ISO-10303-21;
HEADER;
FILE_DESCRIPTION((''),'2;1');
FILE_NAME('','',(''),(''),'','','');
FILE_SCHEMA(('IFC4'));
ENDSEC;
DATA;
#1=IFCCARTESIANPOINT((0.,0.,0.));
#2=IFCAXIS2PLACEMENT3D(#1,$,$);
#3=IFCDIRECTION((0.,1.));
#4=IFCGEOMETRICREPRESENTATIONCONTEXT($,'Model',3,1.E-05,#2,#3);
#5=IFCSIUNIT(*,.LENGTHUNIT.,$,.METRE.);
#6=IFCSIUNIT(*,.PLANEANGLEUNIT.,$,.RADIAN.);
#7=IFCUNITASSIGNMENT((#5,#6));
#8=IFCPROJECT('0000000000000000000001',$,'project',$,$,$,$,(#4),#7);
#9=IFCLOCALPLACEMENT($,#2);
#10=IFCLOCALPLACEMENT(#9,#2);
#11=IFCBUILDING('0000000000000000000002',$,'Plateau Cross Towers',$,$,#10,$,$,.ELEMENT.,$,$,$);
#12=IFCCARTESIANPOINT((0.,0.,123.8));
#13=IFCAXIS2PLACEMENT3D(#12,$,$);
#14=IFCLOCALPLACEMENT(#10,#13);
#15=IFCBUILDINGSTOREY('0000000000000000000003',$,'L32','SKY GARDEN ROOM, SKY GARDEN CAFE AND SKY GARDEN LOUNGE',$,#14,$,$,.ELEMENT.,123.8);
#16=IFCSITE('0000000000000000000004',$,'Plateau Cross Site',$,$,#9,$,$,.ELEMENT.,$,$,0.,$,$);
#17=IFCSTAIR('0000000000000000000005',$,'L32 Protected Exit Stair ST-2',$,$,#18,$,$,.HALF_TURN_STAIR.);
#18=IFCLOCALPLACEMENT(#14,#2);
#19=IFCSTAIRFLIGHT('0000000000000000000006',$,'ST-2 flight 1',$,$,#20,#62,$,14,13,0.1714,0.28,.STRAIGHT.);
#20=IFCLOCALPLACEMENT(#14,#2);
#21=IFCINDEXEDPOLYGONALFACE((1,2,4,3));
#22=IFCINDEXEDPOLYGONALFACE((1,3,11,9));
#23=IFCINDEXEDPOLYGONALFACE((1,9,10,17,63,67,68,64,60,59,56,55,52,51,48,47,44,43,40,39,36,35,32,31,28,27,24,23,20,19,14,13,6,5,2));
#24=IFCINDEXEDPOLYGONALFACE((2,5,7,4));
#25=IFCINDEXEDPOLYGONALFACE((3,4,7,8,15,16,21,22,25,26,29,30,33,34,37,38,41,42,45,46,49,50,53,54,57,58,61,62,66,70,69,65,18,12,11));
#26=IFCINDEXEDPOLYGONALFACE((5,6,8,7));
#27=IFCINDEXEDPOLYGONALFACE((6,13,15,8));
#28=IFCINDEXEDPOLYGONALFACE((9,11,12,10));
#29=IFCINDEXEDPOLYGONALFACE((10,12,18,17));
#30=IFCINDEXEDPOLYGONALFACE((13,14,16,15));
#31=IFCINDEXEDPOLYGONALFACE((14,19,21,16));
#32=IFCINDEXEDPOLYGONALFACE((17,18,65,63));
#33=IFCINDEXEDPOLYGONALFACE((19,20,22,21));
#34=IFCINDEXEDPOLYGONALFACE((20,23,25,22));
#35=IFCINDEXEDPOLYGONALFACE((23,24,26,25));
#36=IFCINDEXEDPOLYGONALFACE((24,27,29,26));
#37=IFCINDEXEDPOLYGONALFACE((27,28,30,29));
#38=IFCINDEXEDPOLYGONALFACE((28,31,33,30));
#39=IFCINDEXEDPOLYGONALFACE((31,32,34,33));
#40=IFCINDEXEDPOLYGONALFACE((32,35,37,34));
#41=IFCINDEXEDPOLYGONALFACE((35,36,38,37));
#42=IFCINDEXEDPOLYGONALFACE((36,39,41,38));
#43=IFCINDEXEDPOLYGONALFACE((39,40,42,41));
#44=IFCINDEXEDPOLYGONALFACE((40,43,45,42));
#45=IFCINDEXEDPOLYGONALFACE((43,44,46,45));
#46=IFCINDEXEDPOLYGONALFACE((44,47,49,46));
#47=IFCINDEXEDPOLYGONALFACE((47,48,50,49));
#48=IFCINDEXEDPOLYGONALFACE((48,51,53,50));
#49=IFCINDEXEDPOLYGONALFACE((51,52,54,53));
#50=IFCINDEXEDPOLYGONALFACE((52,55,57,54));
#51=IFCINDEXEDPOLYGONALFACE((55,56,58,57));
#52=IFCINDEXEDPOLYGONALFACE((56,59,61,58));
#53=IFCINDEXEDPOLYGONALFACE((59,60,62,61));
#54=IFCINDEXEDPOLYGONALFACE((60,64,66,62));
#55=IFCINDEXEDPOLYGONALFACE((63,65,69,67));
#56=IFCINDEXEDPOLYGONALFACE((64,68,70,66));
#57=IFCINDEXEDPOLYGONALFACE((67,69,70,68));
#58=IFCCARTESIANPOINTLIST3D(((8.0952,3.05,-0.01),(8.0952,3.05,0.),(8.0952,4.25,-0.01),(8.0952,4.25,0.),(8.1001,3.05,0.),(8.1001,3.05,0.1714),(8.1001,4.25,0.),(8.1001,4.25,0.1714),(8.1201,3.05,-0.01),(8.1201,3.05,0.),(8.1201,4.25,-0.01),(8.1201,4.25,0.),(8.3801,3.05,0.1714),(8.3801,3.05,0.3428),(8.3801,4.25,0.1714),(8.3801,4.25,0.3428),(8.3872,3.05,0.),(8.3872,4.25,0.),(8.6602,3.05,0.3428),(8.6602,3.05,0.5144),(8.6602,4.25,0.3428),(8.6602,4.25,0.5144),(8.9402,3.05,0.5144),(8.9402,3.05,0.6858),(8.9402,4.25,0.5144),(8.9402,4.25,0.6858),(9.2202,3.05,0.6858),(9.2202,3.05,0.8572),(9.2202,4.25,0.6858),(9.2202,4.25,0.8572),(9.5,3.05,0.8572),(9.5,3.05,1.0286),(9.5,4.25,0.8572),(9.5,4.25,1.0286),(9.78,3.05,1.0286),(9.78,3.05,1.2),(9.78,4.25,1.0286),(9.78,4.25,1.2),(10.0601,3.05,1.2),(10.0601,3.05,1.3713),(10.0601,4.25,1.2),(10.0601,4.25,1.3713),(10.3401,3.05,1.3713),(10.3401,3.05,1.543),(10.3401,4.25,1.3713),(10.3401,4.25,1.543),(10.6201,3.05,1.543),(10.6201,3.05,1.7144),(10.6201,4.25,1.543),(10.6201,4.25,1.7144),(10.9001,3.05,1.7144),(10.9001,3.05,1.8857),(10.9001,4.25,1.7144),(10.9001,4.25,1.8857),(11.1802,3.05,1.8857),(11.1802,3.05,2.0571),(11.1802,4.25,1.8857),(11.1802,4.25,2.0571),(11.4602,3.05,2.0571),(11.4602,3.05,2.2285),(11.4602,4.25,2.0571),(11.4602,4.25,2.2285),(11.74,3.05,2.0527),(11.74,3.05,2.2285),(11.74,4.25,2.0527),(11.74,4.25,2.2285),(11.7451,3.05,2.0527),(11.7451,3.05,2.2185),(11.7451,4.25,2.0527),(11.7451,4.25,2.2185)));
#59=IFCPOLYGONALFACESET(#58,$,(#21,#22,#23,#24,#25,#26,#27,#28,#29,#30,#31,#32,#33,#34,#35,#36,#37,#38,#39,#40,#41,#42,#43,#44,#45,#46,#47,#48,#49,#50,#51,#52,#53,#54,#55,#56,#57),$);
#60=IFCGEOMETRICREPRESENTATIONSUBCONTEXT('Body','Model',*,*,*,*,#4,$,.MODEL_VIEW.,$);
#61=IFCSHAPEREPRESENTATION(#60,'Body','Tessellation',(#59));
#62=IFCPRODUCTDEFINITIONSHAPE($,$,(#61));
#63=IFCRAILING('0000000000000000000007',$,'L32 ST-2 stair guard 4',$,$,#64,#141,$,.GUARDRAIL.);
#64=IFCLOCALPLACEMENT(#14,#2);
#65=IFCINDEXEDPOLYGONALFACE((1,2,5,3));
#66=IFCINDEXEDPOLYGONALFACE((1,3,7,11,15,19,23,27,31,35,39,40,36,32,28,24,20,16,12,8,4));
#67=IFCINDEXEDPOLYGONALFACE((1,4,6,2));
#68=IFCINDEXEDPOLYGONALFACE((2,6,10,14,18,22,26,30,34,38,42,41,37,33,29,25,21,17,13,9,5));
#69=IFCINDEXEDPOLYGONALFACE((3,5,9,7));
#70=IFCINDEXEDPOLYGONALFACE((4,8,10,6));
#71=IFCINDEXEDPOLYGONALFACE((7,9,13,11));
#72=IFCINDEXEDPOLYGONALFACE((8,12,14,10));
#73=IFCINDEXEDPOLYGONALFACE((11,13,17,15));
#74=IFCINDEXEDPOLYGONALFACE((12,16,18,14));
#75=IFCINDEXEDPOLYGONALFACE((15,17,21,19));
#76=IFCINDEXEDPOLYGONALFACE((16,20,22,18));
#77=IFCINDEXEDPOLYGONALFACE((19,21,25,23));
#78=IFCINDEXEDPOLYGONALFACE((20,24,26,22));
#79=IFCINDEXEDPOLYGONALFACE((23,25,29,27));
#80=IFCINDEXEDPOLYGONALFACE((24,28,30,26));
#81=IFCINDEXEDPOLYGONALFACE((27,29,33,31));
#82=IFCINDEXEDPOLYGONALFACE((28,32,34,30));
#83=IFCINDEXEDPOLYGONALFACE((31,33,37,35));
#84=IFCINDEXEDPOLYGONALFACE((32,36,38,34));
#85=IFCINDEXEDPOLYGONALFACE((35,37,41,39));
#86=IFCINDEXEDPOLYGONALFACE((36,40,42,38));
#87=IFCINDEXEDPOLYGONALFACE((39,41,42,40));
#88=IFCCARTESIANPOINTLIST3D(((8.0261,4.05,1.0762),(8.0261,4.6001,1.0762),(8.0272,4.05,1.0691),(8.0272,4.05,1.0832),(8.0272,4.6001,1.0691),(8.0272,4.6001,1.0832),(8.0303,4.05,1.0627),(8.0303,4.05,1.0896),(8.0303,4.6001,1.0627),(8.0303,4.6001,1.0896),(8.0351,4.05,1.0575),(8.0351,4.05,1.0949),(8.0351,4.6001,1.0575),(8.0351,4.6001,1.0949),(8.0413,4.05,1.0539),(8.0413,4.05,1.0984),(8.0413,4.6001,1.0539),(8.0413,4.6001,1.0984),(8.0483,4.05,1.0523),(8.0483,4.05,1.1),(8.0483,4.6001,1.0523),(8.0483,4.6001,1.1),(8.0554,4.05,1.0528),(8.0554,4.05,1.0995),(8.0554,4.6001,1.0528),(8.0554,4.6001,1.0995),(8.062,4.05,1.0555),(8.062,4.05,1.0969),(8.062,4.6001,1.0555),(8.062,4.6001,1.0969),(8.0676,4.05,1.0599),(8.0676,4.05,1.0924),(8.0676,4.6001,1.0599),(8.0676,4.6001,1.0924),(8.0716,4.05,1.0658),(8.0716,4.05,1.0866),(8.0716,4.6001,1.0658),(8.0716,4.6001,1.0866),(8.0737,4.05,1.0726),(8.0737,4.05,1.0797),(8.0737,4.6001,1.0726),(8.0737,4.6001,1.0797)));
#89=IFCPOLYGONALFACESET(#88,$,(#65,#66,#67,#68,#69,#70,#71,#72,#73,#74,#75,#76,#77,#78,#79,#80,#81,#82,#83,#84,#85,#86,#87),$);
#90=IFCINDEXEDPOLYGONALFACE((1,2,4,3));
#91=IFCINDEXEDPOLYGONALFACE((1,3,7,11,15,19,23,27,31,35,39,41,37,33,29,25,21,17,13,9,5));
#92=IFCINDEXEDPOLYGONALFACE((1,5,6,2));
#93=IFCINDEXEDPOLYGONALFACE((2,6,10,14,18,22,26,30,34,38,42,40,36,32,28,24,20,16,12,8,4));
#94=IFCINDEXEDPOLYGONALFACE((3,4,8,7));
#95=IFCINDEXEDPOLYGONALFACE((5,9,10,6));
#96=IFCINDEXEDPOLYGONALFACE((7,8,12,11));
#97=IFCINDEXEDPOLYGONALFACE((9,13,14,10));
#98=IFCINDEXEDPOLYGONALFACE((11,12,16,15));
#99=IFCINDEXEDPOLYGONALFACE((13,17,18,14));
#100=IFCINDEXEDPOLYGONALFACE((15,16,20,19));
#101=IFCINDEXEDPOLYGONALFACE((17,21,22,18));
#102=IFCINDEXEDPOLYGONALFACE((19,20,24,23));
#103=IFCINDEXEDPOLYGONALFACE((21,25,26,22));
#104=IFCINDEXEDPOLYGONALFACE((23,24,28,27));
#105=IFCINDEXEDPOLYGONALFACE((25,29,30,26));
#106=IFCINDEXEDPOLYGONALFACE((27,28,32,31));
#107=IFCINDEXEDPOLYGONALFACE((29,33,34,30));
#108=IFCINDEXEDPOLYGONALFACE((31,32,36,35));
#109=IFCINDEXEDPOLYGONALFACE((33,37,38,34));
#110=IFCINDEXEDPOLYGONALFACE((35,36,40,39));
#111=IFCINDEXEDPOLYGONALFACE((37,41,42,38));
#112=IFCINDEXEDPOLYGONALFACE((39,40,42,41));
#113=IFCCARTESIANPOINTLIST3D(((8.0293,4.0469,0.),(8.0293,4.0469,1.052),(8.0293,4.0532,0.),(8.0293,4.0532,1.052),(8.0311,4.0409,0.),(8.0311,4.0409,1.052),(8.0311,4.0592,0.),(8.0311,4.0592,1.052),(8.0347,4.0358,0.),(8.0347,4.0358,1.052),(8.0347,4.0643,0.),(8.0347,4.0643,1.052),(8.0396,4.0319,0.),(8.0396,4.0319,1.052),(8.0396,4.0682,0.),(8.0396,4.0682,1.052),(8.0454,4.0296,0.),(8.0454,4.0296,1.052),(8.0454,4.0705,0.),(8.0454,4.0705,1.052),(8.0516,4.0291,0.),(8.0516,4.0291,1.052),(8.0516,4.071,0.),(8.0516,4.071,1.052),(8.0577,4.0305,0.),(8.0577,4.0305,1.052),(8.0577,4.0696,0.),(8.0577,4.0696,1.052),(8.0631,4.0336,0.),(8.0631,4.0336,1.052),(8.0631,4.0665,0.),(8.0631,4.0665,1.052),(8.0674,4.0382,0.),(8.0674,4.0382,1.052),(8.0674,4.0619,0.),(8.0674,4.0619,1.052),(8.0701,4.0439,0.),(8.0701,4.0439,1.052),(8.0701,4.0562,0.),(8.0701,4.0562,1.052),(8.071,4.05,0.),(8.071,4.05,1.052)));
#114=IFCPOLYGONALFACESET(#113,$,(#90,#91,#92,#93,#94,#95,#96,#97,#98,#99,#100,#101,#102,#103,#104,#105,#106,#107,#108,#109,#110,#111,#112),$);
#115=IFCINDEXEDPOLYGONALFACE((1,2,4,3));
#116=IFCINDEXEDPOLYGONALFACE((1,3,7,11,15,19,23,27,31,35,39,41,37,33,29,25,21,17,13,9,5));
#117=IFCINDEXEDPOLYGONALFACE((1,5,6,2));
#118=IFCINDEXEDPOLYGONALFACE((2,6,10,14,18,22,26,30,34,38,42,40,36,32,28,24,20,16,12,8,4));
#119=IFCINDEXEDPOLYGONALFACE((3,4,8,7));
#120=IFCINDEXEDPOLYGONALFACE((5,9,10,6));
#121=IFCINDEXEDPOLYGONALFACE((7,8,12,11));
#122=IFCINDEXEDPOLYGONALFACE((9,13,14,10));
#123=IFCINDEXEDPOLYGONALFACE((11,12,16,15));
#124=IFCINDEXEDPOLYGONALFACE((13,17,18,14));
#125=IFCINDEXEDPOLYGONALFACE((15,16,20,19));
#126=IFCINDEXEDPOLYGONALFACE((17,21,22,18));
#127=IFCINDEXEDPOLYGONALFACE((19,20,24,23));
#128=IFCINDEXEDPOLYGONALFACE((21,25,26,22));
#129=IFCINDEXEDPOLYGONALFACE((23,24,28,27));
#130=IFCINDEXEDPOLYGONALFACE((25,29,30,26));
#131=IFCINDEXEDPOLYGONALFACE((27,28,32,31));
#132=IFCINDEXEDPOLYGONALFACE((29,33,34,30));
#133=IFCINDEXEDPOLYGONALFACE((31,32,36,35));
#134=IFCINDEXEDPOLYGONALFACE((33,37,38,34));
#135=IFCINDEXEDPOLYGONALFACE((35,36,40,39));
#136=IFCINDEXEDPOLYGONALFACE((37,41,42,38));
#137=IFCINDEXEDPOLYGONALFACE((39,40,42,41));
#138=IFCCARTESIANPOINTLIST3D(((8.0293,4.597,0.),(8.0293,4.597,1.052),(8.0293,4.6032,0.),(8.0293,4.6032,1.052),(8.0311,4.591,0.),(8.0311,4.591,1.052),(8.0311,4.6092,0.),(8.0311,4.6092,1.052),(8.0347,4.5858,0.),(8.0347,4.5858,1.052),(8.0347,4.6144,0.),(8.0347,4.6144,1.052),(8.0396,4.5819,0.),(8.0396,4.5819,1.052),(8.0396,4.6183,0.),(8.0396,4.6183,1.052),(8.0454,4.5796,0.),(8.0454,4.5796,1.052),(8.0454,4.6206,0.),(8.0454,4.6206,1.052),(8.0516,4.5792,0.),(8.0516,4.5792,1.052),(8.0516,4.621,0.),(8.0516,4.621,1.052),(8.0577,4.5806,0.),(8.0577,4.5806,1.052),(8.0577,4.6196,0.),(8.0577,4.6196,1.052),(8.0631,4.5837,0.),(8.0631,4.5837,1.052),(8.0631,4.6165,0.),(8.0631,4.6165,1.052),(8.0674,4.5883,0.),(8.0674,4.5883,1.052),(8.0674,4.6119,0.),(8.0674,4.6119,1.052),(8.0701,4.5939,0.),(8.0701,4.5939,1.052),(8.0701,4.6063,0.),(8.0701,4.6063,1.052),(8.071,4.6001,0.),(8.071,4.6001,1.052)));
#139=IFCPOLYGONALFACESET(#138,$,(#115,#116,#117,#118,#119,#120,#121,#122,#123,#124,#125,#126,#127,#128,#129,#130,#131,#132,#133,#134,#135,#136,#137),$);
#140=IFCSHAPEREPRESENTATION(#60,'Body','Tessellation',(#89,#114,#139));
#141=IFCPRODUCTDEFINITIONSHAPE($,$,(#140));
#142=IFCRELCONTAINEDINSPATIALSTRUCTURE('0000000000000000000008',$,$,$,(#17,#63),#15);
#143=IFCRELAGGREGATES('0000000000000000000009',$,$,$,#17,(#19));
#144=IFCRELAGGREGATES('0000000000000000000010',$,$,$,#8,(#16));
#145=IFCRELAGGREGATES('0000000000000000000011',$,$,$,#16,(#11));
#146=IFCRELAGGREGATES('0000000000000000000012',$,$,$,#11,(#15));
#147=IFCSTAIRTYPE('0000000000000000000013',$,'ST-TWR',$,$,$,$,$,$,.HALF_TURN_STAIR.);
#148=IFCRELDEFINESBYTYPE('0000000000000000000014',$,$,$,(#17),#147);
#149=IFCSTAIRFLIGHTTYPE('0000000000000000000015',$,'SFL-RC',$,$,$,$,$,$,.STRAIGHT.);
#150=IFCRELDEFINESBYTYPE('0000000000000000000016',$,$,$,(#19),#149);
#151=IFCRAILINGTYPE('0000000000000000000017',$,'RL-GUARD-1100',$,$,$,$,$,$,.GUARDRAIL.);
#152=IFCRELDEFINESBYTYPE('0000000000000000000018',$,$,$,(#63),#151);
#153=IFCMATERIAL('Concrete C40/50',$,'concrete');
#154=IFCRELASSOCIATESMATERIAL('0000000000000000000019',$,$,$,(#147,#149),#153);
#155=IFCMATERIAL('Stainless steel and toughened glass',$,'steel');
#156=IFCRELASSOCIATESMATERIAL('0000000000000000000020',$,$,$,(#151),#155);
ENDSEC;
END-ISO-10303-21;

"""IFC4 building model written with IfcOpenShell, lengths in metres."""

from ifc_helpers import new_model, si_unit, direction, frame, origin, origin_2d, place, context, subcontext, project, spatial, polyline, circle, outline, extrude, material, type_object, element, aggregate, save


model = new_model("IFC4")

# Units and contexts
model_context = context("Model", 3, precision=1e-05, world=origin(), true_north=direction((0.0, 1.0)))
body_context = subcontext(model_context, "Body", "Model", "MODEL_VIEW")
ifc_project = project(units=[si_unit("LENGTHUNIT", "METRE"), si_unit("PLANEANGLEUNIT", "RADIAN")], contexts=[model_context])

# Site, building, storey
site_placement = place(None, origin())
site = spatial("IfcSite", under=ifc_project, at=site_placement, Name="Plateau Cross Site", CompositionType="ELEMENT", RefElevation=0.0)
building_placement = place(site_placement, origin())
building = spatial("IfcBuilding", under=site, at=building_placement, Name="Plateau Cross Towers", CompositionType="ELEMENT")
storey_placement = place(building_placement, frame((0.0, 0.0, 123.8)))
storey = spatial("IfcBuildingStorey", under=building, at=storey_placement, Name="L32", Description="SKY GARDEN ROOM, SKY GARDEN CAFE AND SKY GARDEN LOUNGE", CompositionType="ELEMENT", Elevation=123.8)

# Stair, stair flight
ifc_material_1 = material(Name="Concrete C40/50", Category="concrete")
stair_type = type_object("IfcStairType", Name="ST-TWR", PredefinedType="HALF_TURN_STAIR", material=ifc_material_1)
stair_placement = place(storey_placement, origin())
stair = element("IfcStair", 1, at=stair_placement, inside=storey, type_object=stair_type, Name="L32 Protected Exit Stair ST-2", PredefinedType="HALF_TURN_STAIR")
stair_flight_type = type_object("IfcStairFlightType", Name="SFL-RC", PredefinedType="STRAIGHT", material=ifc_material_1)
stair_flight_placement = place(storey_placement, frame((8.1001, 3.6499, 0.0), z_axis=(0.0, 0.0, 1.0), x_axis=(1.0, 0.0, 0.0)))
stair_flight = element("IfcStairFlight", 2, at=stair_flight_placement, type_object=stair_flight_type, Name="ST-2 flight 1", NumberOfRisers=14, NumberOfTreads=13, PredefinedType="STRAIGHT", RiserHeight=0.1714, TreadLength=0.28, context=body_context, shape_type="SweptSolid", body=[
    extrude(outline(polyline([(-0.0049, -0.01), (-0.0049, 0.0), (0.0, 0.0), (0.0, 0.1714), (0.28, 0.1714), (0.28, 0.3428), (0.5601, 0.3428), (0.5601, 0.5144), (0.8401, 0.5144), (0.8401, 0.6858), (1.1201, 0.6858), (1.1201, 0.8572), (1.3999, 0.8572), (1.3999, 1.0286), (1.6799, 1.0286), (1.6799, 1.2), (1.96, 1.2), (1.96, 1.3713), (2.24, 1.3713), (2.24, 1.543), (2.52, 1.543), (2.52, 1.7144), (2.8, 1.7144), (2.8, 1.8857), (3.0801, 1.8857), (3.0801, 2.0571), (3.3601, 2.0571), (3.3601, 2.2285), (3.6399, 2.2285), (3.645, 2.2185), (3.645, 2.0527), (3.6399, 2.0527), (0.2871, 0.0), (0.02, 0.0), (0.02, -0.01), (-0.0049, -0.01)])), frame((0.0, 0.6001, 0.0), z_axis=(0.0, -1.0, 0.0), x_axis=(1.0, 0.0, 0.0)), (0.0, 0.0, 1.0), 1.2),
])
aggregate(stair, [stair_flight])

# Railing
ifc_material_2 = material(Name="Stainless steel and toughened glass", Category="steel")
railing_type_1 = type_object("IfcRailingType", Name="RL-GUARD-1100", PredefinedType="GUARDRAIL", material=ifc_material_2)
railing_1_placement = place(storey_placement, frame((8.05, 4.05, 0.0)))
element("IfcRailing", 3, at=railing_1_placement, inside=storey, type_object=railing_type_1, Name="L32 ST-2 stair guard 4", PredefinedType="GUARDRAIL", context=body_context, shape_type="SweptSolid", body=[
    extrude(circle(Radius=0.0239, at=origin_2d()), frame((0.0, 0.0, 1.0762), z_axis=(0.0, 1.0, 0.0), x_axis=(-1.0, 0.0, 0.0)), (0.0, 0.0, 1.0), 0.55),
    extrude(circle(Radius=0.021, at=origin_2d()), origin(), (0.0, 0.0, 1.0), 1.052),
    extrude(circle(Radius=0.021, at=origin_2d()), frame((0.0, 0.55, 0.0)), (0.0, 0.0, 1.0), 1.052),
])

save(model, "model.ifc")
